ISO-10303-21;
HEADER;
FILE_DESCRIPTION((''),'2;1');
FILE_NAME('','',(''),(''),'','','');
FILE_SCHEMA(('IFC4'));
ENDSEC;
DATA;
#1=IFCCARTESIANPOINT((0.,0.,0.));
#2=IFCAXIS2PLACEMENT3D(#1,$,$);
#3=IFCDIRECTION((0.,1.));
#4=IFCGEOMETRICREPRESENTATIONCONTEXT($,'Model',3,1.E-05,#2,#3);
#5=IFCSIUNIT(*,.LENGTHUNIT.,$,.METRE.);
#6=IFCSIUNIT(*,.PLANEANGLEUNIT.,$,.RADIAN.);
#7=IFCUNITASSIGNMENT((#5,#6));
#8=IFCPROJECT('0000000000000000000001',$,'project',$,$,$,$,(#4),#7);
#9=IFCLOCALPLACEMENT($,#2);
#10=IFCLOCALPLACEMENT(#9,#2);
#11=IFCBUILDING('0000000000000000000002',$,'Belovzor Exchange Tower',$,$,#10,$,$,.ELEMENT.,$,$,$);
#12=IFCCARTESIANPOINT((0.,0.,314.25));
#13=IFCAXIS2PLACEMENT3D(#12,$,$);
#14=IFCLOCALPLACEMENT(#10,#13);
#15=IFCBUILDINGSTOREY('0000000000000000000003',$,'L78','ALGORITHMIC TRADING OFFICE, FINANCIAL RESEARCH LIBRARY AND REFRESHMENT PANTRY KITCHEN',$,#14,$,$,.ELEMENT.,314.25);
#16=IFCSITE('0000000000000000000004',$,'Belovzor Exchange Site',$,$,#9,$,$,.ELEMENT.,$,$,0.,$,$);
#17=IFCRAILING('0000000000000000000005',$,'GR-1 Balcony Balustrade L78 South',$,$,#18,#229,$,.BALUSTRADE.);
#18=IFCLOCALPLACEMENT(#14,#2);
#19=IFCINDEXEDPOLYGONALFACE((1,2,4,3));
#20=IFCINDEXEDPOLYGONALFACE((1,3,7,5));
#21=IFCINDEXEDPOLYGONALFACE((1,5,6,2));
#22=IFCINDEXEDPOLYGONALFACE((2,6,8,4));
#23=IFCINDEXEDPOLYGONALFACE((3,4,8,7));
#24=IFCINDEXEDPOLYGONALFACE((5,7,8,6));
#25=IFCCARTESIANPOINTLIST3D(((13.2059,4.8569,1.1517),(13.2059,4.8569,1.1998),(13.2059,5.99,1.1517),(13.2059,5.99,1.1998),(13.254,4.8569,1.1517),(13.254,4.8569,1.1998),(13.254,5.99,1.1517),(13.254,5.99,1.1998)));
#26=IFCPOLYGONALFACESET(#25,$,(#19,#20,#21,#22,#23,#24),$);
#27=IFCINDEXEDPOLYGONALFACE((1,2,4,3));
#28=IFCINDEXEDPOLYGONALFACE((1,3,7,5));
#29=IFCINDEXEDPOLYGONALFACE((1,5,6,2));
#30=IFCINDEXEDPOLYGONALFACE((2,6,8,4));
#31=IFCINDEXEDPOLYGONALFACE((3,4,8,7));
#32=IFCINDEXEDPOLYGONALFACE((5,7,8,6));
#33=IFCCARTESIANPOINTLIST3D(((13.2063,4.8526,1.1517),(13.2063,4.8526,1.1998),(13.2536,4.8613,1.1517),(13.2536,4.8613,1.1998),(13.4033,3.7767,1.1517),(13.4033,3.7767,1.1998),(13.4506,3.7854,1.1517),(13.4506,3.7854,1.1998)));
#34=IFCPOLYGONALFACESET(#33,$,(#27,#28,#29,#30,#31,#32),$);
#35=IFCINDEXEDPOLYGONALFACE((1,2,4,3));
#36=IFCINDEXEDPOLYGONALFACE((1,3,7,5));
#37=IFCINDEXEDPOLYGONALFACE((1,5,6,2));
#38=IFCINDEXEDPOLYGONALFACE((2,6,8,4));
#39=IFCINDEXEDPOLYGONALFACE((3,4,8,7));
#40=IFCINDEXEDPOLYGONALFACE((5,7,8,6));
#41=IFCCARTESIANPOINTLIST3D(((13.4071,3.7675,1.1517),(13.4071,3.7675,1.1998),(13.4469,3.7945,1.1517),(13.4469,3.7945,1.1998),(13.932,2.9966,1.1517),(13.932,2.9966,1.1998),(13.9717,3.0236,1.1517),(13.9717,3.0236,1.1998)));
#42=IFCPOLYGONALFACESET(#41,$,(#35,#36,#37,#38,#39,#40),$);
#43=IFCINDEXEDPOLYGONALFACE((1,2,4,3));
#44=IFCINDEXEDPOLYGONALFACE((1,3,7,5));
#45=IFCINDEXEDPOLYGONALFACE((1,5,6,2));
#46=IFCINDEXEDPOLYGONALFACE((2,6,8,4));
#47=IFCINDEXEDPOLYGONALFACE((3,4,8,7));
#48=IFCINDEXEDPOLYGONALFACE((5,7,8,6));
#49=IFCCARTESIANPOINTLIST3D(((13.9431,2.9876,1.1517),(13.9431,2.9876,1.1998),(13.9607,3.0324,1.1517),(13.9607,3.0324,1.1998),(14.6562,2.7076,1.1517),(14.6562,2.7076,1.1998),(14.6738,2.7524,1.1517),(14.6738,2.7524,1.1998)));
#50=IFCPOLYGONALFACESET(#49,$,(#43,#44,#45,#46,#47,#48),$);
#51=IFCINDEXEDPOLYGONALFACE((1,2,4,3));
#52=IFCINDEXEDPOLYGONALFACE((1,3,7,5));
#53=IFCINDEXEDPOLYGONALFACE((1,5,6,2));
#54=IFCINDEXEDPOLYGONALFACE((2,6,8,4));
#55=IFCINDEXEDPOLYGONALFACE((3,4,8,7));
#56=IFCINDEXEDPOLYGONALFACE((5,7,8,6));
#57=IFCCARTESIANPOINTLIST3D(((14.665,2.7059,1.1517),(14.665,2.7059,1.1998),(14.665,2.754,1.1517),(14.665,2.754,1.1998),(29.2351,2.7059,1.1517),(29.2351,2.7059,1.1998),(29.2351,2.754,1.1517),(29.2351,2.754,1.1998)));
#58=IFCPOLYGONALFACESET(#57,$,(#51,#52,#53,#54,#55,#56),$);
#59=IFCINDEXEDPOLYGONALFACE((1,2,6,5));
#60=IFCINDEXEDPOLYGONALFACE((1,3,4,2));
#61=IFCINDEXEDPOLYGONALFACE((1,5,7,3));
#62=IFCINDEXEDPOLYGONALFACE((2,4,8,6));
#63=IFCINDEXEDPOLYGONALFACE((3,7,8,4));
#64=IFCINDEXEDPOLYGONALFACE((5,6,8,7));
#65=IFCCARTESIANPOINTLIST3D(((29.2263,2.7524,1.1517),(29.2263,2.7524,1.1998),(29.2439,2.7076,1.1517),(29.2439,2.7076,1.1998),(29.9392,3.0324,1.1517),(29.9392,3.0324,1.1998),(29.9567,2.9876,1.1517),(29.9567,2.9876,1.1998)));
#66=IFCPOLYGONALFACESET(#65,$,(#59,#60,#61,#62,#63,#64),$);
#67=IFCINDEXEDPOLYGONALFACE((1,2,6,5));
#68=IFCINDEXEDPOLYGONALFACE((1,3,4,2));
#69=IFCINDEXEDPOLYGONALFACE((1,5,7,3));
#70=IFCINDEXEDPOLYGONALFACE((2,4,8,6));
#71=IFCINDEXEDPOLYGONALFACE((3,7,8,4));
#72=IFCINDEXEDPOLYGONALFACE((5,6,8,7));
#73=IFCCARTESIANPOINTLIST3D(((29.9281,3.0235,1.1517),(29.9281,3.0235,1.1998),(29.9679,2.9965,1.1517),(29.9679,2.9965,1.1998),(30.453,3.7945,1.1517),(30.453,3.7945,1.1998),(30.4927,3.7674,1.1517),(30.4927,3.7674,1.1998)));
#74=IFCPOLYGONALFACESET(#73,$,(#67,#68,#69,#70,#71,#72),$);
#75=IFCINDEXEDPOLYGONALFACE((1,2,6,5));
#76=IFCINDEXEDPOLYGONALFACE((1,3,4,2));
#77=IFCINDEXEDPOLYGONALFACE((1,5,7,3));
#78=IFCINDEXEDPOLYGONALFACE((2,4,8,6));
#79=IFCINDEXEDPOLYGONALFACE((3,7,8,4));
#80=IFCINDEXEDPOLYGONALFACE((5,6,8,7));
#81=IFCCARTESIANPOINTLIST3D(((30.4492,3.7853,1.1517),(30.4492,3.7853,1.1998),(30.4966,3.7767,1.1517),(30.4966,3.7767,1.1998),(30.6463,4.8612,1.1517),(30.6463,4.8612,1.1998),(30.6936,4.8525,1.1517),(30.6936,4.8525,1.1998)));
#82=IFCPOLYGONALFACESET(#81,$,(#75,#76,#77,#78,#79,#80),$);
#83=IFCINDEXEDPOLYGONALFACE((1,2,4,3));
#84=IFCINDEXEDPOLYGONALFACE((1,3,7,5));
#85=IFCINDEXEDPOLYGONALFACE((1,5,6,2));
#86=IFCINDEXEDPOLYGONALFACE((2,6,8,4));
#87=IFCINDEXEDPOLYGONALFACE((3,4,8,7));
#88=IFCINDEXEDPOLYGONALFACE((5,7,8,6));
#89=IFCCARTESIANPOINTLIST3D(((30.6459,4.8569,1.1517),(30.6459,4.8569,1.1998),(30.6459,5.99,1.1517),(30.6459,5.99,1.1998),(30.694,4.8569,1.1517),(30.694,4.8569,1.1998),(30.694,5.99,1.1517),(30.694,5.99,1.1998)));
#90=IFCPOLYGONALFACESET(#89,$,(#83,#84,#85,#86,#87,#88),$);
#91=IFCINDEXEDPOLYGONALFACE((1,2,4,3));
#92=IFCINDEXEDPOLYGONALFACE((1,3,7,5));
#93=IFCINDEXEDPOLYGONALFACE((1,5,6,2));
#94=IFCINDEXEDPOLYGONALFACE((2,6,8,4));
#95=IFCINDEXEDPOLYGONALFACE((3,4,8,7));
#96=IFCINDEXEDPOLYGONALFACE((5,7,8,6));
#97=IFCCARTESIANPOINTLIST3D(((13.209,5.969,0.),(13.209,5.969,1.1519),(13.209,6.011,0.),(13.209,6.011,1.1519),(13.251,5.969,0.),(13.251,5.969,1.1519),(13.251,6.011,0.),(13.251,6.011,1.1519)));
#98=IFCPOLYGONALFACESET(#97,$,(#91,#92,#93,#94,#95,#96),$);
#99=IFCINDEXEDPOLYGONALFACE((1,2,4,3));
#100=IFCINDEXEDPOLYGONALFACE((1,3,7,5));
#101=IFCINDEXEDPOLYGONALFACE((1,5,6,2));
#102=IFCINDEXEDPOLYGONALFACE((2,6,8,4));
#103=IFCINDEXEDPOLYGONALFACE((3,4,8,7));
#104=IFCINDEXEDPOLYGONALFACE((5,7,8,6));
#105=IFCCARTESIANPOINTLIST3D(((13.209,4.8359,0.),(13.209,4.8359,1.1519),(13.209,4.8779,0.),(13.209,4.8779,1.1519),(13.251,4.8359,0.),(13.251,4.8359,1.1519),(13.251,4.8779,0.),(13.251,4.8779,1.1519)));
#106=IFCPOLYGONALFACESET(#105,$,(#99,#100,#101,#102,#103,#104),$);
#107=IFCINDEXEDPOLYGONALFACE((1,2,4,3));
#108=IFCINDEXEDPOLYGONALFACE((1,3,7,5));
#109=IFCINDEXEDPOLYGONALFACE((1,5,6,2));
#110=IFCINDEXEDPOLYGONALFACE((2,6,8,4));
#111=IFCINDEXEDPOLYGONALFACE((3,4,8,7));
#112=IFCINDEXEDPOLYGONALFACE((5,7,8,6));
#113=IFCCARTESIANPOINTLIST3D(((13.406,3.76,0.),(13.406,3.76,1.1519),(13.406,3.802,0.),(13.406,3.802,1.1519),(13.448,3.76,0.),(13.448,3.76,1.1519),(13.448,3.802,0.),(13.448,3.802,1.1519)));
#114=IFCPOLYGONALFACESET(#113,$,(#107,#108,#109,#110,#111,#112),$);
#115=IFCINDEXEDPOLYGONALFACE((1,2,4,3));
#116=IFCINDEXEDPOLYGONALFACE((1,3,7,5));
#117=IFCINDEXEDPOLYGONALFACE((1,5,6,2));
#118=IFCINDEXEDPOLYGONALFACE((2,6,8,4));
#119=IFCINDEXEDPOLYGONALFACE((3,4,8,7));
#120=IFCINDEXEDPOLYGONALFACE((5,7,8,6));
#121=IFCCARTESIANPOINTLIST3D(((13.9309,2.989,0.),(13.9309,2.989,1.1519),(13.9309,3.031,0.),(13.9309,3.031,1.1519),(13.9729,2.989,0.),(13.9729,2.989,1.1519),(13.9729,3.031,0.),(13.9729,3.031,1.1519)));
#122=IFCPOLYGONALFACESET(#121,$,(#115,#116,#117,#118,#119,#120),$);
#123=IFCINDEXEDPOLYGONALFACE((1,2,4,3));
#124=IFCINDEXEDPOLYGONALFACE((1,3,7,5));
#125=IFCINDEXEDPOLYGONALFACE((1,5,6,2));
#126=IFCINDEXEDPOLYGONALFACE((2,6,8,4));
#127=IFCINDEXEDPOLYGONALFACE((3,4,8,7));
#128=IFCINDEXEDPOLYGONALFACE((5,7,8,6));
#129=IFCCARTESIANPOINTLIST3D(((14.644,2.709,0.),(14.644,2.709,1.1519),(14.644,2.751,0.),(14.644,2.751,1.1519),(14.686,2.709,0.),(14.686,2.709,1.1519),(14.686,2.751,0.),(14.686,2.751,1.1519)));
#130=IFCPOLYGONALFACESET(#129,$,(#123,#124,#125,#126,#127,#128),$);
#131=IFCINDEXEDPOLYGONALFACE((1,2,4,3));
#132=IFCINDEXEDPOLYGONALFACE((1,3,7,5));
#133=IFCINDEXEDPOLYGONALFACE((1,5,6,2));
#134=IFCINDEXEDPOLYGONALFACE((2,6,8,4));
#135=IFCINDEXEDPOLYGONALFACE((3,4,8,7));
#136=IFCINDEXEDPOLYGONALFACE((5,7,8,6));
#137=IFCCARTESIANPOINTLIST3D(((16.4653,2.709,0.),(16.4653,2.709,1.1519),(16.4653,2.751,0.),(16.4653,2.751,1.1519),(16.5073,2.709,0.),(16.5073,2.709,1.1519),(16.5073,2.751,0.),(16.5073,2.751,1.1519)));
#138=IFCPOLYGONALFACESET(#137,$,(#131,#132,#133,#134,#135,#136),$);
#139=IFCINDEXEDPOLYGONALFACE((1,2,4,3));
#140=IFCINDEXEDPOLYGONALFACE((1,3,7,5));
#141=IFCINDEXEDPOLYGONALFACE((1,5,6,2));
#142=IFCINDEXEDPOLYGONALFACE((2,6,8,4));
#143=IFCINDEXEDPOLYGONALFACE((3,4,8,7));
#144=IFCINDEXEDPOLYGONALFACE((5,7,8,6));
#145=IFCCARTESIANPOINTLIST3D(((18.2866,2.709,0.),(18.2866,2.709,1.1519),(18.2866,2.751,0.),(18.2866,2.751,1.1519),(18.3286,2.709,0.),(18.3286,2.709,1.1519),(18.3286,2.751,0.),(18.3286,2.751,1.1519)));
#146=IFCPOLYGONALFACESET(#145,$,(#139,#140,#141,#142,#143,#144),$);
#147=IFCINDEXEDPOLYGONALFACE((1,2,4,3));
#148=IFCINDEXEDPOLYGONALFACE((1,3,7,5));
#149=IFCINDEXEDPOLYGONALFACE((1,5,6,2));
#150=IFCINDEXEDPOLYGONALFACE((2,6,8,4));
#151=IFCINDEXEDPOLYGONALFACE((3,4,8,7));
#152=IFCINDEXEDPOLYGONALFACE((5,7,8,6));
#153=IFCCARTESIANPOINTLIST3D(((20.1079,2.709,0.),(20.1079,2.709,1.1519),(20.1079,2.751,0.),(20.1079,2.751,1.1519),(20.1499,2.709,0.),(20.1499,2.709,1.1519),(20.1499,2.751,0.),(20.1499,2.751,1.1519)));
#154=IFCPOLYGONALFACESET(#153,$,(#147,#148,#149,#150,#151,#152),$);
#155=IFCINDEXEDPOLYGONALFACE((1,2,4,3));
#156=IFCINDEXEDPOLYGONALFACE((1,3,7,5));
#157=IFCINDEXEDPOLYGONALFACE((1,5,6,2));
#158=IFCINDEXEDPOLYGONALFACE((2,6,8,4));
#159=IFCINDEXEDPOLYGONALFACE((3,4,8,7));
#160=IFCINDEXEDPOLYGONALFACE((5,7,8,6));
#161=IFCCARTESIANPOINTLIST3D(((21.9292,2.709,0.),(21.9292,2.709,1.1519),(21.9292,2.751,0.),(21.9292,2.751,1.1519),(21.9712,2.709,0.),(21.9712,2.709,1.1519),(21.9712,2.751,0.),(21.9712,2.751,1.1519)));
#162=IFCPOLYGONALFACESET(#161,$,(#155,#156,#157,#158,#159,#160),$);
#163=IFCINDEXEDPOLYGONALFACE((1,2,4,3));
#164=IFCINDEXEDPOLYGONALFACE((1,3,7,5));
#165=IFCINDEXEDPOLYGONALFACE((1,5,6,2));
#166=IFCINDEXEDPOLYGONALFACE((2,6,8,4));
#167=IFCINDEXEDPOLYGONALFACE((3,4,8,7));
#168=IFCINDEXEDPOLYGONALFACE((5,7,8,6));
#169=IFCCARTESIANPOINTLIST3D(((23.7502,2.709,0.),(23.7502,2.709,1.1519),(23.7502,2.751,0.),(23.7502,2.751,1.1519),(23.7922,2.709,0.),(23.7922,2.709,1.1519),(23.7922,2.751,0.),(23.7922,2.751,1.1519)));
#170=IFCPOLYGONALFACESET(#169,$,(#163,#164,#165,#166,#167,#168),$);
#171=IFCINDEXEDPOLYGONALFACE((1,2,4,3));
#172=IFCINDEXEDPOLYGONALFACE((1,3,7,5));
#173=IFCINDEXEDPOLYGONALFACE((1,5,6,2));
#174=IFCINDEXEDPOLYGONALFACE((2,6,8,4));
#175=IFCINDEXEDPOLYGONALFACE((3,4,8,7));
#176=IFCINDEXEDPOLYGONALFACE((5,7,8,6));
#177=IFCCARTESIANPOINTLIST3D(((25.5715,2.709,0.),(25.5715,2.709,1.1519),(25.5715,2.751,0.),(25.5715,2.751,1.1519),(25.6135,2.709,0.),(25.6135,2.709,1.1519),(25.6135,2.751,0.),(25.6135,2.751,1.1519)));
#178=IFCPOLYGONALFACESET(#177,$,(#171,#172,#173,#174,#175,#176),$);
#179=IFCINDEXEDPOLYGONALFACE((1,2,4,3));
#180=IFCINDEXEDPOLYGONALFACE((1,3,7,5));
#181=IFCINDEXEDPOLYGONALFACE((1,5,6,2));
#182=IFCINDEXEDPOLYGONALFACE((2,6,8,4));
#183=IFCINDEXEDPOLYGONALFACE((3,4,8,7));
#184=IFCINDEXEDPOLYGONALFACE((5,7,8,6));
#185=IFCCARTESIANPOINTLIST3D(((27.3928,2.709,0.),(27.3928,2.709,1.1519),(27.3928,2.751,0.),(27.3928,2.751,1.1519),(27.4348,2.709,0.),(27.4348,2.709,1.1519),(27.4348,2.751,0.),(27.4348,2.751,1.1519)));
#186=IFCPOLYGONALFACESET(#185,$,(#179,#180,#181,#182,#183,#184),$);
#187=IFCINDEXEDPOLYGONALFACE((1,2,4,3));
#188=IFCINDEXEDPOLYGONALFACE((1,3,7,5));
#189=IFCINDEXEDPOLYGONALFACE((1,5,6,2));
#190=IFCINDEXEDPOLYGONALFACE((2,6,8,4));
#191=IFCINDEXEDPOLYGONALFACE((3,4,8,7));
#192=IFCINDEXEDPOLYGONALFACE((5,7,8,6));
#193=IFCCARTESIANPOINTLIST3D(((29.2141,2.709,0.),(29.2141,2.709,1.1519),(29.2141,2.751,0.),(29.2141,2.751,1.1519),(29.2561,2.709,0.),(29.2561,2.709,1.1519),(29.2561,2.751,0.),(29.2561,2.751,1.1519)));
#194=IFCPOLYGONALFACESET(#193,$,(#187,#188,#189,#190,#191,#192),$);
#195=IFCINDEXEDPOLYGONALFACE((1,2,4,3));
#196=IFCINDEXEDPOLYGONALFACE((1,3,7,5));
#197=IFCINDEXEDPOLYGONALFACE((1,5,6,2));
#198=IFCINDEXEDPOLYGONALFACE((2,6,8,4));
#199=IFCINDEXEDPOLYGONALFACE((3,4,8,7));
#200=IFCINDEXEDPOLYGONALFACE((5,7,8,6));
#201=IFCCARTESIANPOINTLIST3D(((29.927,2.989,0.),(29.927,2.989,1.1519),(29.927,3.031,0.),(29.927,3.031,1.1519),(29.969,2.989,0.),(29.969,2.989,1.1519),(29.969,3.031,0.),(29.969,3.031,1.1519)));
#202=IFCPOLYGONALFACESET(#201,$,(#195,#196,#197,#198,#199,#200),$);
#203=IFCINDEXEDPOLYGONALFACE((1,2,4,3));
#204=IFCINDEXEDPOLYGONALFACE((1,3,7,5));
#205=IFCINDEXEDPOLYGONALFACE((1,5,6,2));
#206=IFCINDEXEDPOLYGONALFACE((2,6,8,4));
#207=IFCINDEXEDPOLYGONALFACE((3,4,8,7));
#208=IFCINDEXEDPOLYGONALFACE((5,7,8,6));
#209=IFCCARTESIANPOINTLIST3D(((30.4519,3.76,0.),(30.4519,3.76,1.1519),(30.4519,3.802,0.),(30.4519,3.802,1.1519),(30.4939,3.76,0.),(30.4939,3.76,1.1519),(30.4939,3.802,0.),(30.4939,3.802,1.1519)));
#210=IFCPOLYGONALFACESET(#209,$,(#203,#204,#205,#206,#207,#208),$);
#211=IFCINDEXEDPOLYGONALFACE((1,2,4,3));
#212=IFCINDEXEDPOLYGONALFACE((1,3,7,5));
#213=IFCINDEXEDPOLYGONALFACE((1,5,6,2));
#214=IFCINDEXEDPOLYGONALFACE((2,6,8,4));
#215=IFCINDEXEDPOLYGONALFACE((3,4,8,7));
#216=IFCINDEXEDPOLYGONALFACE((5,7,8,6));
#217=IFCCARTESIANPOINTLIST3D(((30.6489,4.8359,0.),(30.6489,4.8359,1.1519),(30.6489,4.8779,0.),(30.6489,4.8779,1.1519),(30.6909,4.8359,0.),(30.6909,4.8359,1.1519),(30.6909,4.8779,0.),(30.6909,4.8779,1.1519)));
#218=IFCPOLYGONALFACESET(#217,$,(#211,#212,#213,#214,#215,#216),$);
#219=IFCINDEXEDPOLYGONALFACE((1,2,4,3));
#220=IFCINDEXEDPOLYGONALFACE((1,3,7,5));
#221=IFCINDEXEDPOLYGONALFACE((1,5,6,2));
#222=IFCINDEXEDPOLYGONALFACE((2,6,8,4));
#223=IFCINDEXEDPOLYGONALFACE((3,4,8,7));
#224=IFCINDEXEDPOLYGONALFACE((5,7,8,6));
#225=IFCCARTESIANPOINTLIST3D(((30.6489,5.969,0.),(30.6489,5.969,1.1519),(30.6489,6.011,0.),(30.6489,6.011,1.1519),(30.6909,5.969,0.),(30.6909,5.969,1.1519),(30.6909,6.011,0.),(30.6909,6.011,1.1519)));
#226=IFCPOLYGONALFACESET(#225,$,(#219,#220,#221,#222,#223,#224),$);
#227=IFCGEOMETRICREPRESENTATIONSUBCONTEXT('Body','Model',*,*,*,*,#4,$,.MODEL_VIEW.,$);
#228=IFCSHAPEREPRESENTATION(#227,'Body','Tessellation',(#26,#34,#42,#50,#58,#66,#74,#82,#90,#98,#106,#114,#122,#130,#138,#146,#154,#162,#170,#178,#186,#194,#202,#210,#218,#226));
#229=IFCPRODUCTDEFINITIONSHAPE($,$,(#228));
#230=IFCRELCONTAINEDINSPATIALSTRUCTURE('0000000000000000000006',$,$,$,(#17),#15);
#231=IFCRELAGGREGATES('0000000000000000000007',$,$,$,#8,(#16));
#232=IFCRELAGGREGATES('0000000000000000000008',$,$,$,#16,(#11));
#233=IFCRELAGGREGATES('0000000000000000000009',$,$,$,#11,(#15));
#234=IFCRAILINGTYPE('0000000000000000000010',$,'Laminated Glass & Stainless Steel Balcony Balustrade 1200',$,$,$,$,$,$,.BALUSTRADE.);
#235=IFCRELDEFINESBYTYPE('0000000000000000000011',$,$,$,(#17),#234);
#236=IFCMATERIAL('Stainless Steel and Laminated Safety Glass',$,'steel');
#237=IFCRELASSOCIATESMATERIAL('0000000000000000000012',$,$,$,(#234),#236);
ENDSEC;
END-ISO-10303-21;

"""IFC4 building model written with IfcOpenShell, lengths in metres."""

from ifc_helpers import new_model, si_unit, direction, frame, origin, origin_2d, place, context, subcontext, project, spatial, rectangle, extrude, material, type_object, element, save


model = new_model("IFC4")

# Units and contexts
model_context = context("Model", 3, precision=1e-05, world=origin(), true_north=direction((0.0, 1.0)))
body_context = subcontext(model_context, "Body", "Model", "MODEL_VIEW")
ifc_project = project(units=[si_unit("LENGTHUNIT", "METRE"), si_unit("PLANEANGLEUNIT", "RADIAN")], contexts=[model_context])

# Site, building, storey
site_placement = place(None, origin())
site = spatial("IfcSite", under=ifc_project, at=site_placement, Name="Belovzor Exchange Site", CompositionType="ELEMENT", RefElevation=0.0)
building_placement = place(site_placement, origin())
building = spatial("IfcBuilding", under=site, at=building_placement, Name="Belovzor Exchange Tower", CompositionType="ELEMENT")
storey_placement = place(building_placement, frame((0.0, 0.0, 314.25)))
storey = spatial("IfcBuildingStorey", under=building, at=storey_placement, Name="L78", Description="ALGORITHMIC TRADING OFFICE, FINANCIAL RESEARCH LIBRARY AND REFRESHMENT PANTRY KITCHEN", CompositionType="ELEMENT", Elevation=314.25)

# Railing
ifc_material_1 = material(Name="Stainless Steel and Laminated Safety Glass", Category="steel")
railing_type = type_object("IfcRailingType", Name="Laminated Glass & Stainless Steel Balcony Balustrade 1200", PredefinedType="BALUSTRADE", material=ifc_material_1)
railing_placement = place(storey_placement, frame((13.23, 5.99, 0.0)))
element("IfcRailing", 1, at=railing_placement, inside=storey, type_object=railing_type, Name="GR-1 Balcony Balustrade L78 South", PredefinedType="BALUSTRADE", context=body_context, shape_type="SweptSolid", body=[
    extrude(rectangle(XDim=0.0481, YDim=0.0481, at=origin_2d()), frame((0.0, 0.0, 1.1758), z_axis=(0.0, -1.0, 0.0), x_axis=(1.0, 0.0, 0.0)), (0.0, 0.0, 1.0), 1.1331),
    extrude(rectangle(XDim=0.0481, YDim=0.0481, at=origin_2d()), frame((0.0, -1.1331, 1.1758), z_axis=(0.180123, -0.983644, 0.0), x_axis=(0.983644, 0.180123, 0.0)), (0.0, 0.0, 1.0), 1.0938),
    extrude(rectangle(XDim=0.0481, YDim=0.0481, at=origin_2d()), frame((0.197, -2.209, 1.1758), z_axis=(0.562768, -0.826615, 0.0), x_axis=(0.826615, 0.562768, 0.0)), (0.0, 0.0, 1.0), 0.9326),
    extrude(rectangle(XDim=0.0481, YDim=0.0481, at=origin_2d()), frame((0.7219, -2.98, 1.1758), z_axis=(0.93081, -0.365504, 0.0), x_axis=(0.365504, 0.93081, 0.0)), (0.0, 0.0, 1.0), 0.7661),
    extrude(rectangle(XDim=0.0481, YDim=0.0481, at=origin_2d()), frame((1.4351, -3.26, 1.1758), z_axis=(1.0, 0.0, 0.0), x_axis=(0.0, 1.0, 0.0)), (0.0, 0.0, 1.0), 14.5701),
    extrude(rectangle(XDim=0.0481, YDim=0.0481, at=origin_2d()), frame((16.0051, -3.26, 1.1758), z_axis=(0.930767, 0.365613, 0.0), x_axis=(-0.365613, 0.930767, 0.0)), (0.0, 0.0, 1.0), 0.7659),
    extrude(rectangle(XDim=0.0481, YDim=0.0481, at=origin_2d()), frame((16.718, -2.98, 1.1758), z_axis=(0.562768, 0.826615, 0.0), x_axis=(-0.826615, 0.562768, 0.0)), (0.0, 0.0, 1.0), 0.9326),
    extrude(rectangle(XDim=0.0481, YDim=0.0481, at=origin_2d()), frame((17.2429, -2.209, 1.1758), z_axis=(0.180123, 0.983644, 0.0), x_axis=(-0.983644, 0.180123, 0.0)), (0.0, 0.0, 1.0), 1.0938),
    extrude(rectangle(XDim=0.0481, YDim=0.0481, at=origin_2d()), frame((17.4399, -1.1331, 1.1758), z_axis=(0.0, 1.0, 0.0), x_axis=(-1.0, 0.0, 0.0)), (0.0, 0.0, 1.0), 1.1331),
    extrude(rectangle(XDim=0.042, YDim=0.042, at=origin_2d()), origin(), (0.0, 0.0, 1.0), 1.1519),
    extrude(rectangle(XDim=0.042, YDim=0.042, at=origin_2d()), frame((0.0, -1.1331, 0.0)), (0.0, 0.0, 1.0), 1.1519),
    extrude(rectangle(XDim=0.042, YDim=0.042, at=origin_2d()), frame((0.197, -2.209, 0.0)), (0.0, 0.0, 1.0), 1.1519),
    extrude(rectangle(XDim=0.042, YDim=0.042, at=origin_2d()), frame((0.7219, -2.98, 0.0)), (0.0, 0.0, 1.0), 1.1519),
    extrude(rectangle(XDim=0.042, YDim=0.042, at=origin_2d()), frame((1.4351, -3.26, 0.0)), (0.0, 0.0, 1.0), 1.1519),
    extrude(rectangle(XDim=0.042, YDim=0.042, at=origin_2d()), frame((3.2563, -3.26, 0.0)), (0.0, 0.0, 1.0), 1.1519),
    extrude(rectangle(XDim=0.042, YDim=0.042, at=origin_2d()), frame((5.0776, -3.26, 0.0)), (0.0, 0.0, 1.0), 1.1519),
    extrude(rectangle(XDim=0.042, YDim=0.042, at=origin_2d()), frame((6.8989, -3.26, 0.0)), (0.0, 0.0, 1.0), 1.1519),
    extrude(rectangle(XDim=0.042, YDim=0.042, at=origin_2d()), frame((8.7202, -3.26, 0.0)), (0.0, 0.0, 1.0), 1.1519),
    extrude(rectangle(XDim=0.042, YDim=0.042, at=origin_2d()), frame((10.5413, -3.26, 0.0)), (0.0, 0.0, 1.0), 1.1519),
    extrude(rectangle(XDim=0.042, YDim=0.042, at=origin_2d()), frame((12.3625, -3.26, 0.0)), (0.0, 0.0, 1.0), 1.1519),
    extrude(rectangle(XDim=0.042, YDim=0.042, at=origin_2d()), frame((14.1838, -3.26, 0.0)), (0.0, 0.0, 1.0), 1.1519),
    extrude(rectangle(XDim=0.042, YDim=0.042, at=origin_2d()), frame((16.0051, -3.26, 0.0)), (0.0, 0.0, 1.0), 1.1519),
    extrude(rectangle(XDim=0.042, YDim=0.042, at=origin_2d()), frame((16.718, -2.98, 0.0)), (0.0, 0.0, 1.0), 1.1519),
    extrude(rectangle(XDim=0.042, YDim=0.042, at=origin_2d()), frame((17.2429, -2.209, 0.0)), (0.0, 0.0, 1.0), 1.1519),
    extrude(rectangle(XDim=0.042, YDim=0.042, at=origin_2d()), frame((17.4399, -1.1331, 0.0)), (0.0, 0.0, 1.0), 1.1519),
    extrude(rectangle(XDim=0.042, YDim=0.042, at=origin_2d()), frame((17.4399, 0.0, 0.0)), (0.0, 0.0, 1.0), 1.1519),
])

save(model, "model.ifc")
